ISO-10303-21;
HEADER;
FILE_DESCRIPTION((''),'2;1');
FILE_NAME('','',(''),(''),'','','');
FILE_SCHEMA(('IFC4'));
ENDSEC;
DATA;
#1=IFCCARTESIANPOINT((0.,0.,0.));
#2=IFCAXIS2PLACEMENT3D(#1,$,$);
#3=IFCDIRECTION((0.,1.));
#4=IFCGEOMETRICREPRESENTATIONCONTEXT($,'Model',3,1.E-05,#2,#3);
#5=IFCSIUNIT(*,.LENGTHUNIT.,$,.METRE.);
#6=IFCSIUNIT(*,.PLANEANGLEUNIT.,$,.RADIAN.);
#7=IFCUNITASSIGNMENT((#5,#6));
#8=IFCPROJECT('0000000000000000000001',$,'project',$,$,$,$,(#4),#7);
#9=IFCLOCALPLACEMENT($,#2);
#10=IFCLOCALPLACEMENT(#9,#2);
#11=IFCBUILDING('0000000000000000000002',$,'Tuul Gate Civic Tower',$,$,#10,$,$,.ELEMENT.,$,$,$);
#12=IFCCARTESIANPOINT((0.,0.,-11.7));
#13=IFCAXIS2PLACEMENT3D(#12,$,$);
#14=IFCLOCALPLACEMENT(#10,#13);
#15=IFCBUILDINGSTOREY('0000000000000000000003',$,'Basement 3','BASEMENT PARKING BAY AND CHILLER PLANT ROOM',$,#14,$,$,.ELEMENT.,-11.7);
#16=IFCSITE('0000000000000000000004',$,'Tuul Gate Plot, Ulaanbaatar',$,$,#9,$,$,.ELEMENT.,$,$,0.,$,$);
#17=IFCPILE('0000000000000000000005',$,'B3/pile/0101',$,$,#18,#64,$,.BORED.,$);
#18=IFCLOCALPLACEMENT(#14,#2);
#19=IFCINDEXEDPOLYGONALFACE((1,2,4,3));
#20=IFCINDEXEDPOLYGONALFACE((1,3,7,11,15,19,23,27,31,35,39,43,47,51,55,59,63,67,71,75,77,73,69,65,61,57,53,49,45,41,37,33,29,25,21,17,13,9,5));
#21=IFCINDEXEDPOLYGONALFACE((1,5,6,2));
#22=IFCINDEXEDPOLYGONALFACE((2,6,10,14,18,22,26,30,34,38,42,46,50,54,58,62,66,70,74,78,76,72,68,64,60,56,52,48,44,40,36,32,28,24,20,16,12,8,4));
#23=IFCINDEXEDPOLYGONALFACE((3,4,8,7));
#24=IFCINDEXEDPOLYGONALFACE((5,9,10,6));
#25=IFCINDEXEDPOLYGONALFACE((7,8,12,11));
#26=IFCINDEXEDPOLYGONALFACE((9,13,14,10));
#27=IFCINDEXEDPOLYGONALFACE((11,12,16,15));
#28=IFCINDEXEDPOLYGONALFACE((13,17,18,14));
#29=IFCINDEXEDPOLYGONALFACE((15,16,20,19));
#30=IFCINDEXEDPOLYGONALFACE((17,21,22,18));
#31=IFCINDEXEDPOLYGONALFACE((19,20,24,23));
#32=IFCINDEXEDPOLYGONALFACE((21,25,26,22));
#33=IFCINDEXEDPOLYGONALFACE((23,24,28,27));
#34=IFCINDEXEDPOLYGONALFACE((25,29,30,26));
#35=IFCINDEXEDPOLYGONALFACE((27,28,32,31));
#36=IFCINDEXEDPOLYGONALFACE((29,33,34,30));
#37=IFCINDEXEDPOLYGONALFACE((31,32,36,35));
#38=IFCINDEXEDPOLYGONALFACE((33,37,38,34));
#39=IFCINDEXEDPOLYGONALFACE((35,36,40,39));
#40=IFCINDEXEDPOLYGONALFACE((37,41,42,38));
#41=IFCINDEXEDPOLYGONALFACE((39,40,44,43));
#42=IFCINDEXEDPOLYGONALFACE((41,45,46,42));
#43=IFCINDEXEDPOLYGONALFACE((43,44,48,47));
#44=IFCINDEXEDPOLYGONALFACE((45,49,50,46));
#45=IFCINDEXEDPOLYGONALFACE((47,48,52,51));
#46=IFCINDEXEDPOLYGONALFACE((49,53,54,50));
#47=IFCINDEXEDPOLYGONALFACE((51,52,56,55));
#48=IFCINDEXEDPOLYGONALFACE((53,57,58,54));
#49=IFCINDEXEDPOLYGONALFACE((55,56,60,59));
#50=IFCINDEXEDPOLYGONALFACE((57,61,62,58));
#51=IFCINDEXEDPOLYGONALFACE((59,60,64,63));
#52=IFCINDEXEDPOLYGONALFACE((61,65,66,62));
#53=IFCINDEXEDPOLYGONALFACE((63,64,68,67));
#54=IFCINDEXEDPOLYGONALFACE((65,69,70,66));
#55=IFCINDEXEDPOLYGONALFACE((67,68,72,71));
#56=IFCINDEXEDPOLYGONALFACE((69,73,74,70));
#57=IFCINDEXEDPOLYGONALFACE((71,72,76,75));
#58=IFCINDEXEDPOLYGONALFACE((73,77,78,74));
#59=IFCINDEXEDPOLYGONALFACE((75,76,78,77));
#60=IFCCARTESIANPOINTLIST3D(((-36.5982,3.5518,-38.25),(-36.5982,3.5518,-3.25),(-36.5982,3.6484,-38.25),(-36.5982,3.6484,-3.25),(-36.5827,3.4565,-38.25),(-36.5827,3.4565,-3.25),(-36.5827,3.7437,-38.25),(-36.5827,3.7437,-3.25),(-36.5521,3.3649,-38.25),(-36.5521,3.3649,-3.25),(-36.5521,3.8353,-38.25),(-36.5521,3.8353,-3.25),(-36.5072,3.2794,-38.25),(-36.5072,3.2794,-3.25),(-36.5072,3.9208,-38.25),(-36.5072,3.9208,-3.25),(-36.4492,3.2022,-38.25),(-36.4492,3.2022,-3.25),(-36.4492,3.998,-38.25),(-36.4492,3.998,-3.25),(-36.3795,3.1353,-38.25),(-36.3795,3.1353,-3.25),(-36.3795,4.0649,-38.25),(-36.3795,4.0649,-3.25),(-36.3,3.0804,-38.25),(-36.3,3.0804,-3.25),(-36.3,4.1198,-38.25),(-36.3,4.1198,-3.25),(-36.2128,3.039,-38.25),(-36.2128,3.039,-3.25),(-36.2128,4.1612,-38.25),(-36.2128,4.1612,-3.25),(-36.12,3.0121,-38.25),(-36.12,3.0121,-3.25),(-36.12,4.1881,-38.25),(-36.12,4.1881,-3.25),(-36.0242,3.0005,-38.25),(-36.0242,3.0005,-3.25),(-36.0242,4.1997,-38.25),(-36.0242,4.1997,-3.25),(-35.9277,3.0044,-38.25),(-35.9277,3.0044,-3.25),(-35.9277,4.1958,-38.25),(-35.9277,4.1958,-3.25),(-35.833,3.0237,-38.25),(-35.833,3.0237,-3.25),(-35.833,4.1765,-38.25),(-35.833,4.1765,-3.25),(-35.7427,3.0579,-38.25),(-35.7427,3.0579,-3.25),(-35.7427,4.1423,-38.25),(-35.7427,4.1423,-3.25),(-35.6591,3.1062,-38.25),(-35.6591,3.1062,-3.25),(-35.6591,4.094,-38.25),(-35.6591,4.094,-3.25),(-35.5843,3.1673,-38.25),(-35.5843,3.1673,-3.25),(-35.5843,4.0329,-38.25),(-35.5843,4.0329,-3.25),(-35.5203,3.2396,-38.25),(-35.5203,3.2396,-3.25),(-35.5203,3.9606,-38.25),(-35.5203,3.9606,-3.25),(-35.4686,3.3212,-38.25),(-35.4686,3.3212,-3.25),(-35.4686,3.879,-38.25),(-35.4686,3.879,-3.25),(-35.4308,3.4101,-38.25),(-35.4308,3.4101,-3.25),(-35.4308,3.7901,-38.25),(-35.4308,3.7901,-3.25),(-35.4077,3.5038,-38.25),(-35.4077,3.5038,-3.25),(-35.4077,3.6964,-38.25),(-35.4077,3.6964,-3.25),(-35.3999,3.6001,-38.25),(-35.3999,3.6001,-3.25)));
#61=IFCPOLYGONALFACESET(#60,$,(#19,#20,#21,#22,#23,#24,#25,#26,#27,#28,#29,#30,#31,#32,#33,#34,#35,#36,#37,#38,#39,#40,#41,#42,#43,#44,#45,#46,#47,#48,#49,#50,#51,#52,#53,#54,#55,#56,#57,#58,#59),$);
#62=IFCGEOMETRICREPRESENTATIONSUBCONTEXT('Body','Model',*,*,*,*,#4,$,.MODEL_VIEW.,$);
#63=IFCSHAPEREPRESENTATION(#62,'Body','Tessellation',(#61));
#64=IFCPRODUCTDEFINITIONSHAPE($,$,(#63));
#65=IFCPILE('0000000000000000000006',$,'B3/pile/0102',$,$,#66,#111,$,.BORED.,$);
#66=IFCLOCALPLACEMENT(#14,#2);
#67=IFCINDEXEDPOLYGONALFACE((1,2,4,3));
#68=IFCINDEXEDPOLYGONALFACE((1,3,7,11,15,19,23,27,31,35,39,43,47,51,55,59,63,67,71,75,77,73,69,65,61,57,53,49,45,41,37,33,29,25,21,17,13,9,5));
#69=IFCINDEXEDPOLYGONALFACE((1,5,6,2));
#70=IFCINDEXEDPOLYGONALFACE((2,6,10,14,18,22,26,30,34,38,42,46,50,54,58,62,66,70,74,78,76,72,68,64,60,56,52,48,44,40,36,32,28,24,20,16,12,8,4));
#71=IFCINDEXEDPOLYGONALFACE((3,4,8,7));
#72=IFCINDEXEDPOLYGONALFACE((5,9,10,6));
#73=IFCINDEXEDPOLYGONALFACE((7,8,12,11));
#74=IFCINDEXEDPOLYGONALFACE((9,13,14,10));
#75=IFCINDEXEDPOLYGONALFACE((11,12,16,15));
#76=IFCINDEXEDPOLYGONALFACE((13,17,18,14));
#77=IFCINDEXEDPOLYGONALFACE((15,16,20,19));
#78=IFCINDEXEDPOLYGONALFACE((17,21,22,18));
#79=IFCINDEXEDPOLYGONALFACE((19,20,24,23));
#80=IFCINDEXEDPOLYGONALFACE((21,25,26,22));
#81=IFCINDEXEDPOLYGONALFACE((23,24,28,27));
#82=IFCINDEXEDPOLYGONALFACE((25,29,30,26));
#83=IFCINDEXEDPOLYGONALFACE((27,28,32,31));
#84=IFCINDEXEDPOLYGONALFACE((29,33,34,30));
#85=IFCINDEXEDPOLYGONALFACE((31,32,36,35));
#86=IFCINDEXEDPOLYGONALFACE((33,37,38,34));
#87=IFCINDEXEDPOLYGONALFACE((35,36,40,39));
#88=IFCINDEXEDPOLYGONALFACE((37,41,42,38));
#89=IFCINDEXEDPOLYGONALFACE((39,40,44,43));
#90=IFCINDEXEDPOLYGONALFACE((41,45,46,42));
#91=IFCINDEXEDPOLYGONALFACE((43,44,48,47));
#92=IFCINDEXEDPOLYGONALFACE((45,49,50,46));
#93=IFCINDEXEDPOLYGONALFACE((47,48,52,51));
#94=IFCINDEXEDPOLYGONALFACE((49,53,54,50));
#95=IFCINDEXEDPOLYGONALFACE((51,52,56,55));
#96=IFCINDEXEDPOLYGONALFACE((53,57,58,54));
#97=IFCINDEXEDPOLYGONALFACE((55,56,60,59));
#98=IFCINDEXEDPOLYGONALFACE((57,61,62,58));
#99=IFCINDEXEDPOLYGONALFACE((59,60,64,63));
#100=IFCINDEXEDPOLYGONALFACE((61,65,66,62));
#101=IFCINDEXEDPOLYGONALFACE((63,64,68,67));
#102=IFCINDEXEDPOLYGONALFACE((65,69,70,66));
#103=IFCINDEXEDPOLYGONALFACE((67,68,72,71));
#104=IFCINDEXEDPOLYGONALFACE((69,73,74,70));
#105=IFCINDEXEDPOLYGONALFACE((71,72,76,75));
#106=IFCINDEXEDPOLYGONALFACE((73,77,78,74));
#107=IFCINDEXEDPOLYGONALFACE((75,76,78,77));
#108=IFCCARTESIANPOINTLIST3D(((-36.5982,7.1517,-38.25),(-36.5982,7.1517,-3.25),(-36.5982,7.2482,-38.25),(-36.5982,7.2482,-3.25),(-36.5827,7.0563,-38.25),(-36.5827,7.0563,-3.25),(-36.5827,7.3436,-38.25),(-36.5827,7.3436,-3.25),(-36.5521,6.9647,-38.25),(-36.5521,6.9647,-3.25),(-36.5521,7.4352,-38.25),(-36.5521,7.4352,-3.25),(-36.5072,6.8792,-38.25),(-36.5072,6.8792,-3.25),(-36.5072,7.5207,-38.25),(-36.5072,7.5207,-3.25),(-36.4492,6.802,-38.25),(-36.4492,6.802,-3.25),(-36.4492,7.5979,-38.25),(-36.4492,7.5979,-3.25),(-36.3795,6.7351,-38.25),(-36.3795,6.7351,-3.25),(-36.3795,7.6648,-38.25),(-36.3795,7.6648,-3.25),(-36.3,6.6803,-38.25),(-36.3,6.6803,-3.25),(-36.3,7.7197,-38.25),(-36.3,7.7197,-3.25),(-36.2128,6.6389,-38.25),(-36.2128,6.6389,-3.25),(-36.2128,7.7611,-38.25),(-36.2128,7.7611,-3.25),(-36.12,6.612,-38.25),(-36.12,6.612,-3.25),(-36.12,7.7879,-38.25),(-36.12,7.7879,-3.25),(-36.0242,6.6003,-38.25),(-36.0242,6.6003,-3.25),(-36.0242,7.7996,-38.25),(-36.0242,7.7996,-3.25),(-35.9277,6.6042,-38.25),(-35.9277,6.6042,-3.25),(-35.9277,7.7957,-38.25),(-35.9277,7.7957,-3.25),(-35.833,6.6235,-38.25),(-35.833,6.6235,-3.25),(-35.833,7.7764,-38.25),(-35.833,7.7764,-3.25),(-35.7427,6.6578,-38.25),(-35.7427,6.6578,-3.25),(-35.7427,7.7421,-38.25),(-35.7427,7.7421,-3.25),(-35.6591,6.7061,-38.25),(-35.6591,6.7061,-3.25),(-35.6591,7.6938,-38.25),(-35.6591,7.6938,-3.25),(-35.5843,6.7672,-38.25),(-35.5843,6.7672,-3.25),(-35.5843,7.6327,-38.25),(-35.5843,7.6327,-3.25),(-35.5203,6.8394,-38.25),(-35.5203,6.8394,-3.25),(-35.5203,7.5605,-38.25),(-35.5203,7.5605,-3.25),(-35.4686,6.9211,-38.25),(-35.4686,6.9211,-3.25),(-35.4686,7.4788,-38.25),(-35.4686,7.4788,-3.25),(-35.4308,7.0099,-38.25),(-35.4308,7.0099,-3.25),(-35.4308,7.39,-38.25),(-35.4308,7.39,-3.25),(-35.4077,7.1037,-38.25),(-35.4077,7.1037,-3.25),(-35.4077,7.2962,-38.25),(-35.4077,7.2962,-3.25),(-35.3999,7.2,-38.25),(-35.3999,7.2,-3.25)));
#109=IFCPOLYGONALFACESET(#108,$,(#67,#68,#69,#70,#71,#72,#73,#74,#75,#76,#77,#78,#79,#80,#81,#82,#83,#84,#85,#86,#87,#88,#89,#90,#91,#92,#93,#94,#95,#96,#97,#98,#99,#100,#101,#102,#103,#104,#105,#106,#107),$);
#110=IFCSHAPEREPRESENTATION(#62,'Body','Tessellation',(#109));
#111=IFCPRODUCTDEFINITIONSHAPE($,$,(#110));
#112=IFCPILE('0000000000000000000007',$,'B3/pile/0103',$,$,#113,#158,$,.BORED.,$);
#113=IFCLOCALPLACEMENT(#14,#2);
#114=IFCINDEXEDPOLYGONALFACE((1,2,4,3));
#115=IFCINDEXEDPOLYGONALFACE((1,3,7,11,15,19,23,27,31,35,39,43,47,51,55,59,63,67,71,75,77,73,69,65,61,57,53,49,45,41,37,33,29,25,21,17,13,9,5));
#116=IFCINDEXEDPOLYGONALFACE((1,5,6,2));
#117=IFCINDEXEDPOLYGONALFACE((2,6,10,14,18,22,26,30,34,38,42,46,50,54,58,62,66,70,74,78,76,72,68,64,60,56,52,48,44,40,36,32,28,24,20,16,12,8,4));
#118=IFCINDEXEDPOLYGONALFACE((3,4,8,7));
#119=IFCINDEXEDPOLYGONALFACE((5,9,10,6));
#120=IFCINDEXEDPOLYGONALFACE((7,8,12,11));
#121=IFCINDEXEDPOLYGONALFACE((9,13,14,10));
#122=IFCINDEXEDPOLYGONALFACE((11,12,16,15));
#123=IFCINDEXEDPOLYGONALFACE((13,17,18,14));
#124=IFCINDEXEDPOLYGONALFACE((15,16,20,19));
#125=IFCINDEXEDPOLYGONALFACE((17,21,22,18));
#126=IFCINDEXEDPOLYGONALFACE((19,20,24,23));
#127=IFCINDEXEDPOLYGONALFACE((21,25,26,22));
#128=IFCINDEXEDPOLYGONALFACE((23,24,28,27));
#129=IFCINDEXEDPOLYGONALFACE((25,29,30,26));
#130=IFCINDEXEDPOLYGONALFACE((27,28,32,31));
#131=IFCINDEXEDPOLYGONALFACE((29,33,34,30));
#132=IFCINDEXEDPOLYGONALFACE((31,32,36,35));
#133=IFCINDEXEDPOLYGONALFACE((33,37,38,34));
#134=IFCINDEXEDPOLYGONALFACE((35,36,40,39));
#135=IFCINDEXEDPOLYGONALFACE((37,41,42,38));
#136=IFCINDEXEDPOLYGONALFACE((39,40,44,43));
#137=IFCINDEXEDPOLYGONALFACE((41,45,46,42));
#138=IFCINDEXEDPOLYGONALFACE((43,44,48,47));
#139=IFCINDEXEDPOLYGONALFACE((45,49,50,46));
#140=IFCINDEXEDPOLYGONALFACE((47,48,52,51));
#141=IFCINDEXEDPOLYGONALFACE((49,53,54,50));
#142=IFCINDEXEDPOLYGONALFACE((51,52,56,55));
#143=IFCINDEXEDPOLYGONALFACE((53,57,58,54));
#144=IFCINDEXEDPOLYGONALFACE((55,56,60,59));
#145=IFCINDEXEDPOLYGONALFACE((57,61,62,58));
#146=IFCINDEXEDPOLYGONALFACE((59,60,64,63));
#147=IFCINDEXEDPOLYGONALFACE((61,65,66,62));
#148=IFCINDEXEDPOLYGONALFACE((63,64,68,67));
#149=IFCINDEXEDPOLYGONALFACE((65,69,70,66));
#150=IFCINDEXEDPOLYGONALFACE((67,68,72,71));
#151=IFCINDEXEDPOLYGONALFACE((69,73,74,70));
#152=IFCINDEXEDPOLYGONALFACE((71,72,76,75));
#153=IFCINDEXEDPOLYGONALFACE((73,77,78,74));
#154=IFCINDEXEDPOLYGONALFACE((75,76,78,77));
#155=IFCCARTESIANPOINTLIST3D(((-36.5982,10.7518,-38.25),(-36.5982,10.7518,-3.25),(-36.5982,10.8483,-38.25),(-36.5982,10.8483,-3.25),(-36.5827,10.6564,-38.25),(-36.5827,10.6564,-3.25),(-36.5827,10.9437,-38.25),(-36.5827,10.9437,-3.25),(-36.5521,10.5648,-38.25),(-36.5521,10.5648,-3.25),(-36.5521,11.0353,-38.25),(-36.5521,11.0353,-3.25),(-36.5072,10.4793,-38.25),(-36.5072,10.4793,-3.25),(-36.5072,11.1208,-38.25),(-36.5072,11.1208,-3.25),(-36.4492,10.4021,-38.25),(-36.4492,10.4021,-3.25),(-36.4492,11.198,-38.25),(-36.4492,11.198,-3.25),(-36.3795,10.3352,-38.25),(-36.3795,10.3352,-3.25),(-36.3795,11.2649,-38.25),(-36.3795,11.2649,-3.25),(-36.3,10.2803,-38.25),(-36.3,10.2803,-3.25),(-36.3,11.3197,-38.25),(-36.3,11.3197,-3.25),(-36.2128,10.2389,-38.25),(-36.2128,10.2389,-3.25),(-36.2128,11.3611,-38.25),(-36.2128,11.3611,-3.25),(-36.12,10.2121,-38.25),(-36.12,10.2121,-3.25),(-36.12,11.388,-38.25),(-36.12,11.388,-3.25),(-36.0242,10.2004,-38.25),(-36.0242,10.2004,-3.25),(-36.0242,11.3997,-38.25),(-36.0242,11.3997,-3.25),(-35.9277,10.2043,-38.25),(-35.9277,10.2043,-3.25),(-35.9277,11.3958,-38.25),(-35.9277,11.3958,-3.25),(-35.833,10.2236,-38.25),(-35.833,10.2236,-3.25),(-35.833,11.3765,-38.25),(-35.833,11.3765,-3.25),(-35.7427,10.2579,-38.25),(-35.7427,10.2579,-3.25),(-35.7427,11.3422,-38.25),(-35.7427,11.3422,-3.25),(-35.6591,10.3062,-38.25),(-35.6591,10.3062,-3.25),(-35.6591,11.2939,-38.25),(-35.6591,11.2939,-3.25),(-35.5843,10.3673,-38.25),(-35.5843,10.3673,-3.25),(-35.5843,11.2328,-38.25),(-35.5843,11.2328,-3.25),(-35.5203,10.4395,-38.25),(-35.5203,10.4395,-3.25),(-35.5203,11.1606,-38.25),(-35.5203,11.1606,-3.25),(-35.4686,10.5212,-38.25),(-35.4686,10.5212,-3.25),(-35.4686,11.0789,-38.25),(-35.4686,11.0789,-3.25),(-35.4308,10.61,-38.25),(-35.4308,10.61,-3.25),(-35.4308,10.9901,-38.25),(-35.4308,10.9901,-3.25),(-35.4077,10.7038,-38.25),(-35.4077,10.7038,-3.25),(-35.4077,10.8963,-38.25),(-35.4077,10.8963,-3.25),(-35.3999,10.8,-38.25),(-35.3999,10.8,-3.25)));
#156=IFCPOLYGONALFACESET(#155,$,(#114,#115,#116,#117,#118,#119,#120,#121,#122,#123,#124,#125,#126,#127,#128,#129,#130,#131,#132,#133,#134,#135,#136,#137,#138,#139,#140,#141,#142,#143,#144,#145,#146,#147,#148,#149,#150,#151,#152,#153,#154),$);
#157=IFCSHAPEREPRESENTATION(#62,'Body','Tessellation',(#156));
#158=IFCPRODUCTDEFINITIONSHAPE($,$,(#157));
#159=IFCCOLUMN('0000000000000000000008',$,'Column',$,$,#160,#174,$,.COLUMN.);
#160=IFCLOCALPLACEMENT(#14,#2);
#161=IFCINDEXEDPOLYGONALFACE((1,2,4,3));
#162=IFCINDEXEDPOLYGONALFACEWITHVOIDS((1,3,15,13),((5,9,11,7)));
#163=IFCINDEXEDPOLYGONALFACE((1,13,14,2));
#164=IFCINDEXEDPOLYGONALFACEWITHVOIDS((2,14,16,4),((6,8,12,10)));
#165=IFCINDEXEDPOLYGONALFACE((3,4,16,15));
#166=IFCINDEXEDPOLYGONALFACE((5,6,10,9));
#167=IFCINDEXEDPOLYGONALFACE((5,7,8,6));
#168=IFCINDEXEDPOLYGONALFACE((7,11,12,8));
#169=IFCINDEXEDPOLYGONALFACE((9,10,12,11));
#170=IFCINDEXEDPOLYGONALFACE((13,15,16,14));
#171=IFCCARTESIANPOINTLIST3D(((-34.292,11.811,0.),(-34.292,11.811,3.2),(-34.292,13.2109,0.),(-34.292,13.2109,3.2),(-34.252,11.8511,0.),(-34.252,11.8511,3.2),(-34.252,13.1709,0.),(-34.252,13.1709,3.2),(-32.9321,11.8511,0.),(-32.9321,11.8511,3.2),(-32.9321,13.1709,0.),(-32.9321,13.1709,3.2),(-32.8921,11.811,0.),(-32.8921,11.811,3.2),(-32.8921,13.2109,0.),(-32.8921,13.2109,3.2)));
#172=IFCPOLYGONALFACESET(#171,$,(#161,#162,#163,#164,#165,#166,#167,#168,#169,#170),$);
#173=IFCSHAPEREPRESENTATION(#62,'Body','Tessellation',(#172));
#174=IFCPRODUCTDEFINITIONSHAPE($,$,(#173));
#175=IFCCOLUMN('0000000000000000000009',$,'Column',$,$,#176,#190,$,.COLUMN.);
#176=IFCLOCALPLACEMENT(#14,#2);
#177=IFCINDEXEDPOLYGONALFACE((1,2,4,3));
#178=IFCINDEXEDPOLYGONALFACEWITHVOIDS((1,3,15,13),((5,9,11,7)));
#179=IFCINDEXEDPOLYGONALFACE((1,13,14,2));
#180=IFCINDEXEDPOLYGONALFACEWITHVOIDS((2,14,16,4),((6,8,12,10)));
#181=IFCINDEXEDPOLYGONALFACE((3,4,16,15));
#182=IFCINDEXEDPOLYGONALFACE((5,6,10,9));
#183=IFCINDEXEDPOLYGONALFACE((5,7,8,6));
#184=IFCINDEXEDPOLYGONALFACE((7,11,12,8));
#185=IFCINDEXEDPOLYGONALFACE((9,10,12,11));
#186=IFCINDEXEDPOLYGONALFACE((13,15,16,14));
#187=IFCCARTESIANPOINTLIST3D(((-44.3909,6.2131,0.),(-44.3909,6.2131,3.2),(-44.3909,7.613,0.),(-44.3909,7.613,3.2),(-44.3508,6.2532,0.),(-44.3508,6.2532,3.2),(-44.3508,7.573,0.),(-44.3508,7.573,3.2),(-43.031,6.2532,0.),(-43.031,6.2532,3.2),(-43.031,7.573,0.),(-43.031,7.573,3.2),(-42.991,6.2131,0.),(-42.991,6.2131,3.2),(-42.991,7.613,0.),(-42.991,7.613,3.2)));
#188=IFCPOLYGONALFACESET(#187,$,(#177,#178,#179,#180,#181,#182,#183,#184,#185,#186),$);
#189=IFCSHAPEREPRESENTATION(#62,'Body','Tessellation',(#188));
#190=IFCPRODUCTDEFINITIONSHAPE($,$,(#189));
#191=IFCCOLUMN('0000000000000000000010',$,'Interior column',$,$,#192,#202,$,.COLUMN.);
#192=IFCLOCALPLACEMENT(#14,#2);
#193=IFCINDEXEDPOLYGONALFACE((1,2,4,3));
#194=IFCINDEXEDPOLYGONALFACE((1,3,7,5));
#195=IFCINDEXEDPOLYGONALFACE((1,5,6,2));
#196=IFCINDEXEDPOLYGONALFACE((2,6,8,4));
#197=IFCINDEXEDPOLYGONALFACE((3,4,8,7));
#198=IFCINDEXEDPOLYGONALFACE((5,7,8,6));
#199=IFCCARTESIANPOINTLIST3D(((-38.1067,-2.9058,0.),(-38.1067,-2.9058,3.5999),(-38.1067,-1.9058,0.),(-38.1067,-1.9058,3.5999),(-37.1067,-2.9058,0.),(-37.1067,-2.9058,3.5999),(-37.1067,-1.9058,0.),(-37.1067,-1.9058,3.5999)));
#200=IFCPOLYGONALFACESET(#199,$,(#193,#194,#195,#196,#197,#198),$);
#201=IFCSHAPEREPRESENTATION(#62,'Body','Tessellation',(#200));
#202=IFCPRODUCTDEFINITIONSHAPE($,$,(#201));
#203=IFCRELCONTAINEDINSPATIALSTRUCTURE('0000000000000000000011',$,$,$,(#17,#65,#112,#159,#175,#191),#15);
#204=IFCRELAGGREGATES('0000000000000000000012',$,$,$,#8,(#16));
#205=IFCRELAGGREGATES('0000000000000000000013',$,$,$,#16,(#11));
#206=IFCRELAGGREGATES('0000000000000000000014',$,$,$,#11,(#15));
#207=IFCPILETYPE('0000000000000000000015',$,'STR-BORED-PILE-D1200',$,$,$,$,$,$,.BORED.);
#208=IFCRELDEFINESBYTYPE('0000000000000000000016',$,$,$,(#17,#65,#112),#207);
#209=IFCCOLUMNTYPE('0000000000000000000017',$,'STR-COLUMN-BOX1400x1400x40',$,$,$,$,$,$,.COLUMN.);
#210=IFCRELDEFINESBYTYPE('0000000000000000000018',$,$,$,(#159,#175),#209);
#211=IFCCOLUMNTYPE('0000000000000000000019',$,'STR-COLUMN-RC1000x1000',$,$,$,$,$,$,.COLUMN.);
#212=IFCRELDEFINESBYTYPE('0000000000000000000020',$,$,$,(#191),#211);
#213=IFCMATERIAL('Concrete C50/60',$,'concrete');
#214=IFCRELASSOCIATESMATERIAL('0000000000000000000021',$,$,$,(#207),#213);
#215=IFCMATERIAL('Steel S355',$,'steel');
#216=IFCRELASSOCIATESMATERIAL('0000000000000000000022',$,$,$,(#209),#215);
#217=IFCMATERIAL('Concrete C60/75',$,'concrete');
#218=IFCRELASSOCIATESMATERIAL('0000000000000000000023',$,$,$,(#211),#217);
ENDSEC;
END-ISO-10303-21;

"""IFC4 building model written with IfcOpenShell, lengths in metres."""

from ifc_helpers import new_model, si_unit, direction, frame, origin, origin_2d, place, context, subcontext, project, spatial, rectangle, hollow_rectangle, circle, extrude, material, material_profile, profile_set, type_object, element, save


model = new_model("IFC4")

# Units and contexts
model_context = context("Model", 3, precision=1e-05, world=origin(), true_north=direction((0.0, 1.0)))
body_context = subcontext(model_context, "Body", "Model", "MODEL_VIEW")
ifc_project = project(units=[si_unit("LENGTHUNIT", "METRE"), si_unit("PLANEANGLEUNIT", "RADIAN")], contexts=[model_context])

# Site, building, storey
site_placement = place(None, origin())
site = spatial("IfcSite", under=ifc_project, at=site_placement, Name="Tuul Gate Plot, Ulaanbaatar", CompositionType="ELEMENT", RefElevation=0.0)
building_placement = place(site_placement, origin())
building = spatial("IfcBuilding", under=site, at=building_placement, Name="Tuul Gate Civic Tower", CompositionType="ELEMENT")
storey_placement = place(building_placement, frame((0.0, 0.0, -11.7)))
storey = spatial("IfcBuildingStorey", under=building, at=storey_placement, Name="Basement 3", Description="BASEMENT PARKING BAY AND CHILLER PLANT ROOM", CompositionType="ELEMENT", Elevation=-11.7)

# Piles
ifc_material_1 = material(Name="Concrete C50/60", Category="concrete")
ifc_material_profile_1 = material_profile(ifc_material_1, circle(Radius=0.6001, at=origin_2d()), Name="PILE1200")
ifc_profile_set_1 = profile_set([ifc_material_profile_1], Name="Concrete C50/60")
pile_type = type_object("IfcPileType", Name="STR-BORED-PILE-D1200", PredefinedType="BORED", material=ifc_profile_set_1)
for number, where, z_axis, x_axis, name in (
    (1, (-36.0, 3.6001, -3.25), (0.0, 0.0, -1.0), (1.0, 0.0, 0.0), "B3/pile/0101"),
    (2, (-36.0, 7.2, -3.25), (0.0, 0.0, -1.0), (1.0, 0.0, 0.0), "B3/pile/0102"),
    (3, (-36.0, 10.8, -3.25), (0.0, 0.0, -1.0), (1.0, 0.0, 0.0), "B3/pile/0103"),
):
    element("IfcPile", number, at=place(storey_placement, frame(where, z_axis=z_axis, x_axis=x_axis)), inside=storey, type_object=pile_type, Name=name, PredefinedType="BORED", context=body_context, shape_type="SweptSolid", body=[
        extrude(circle(Radius=0.6001, at=origin_2d()), origin(), (0.0, 0.0, 1.0), 35.0),
    ])

# Columns
ifc_material_2 = material(Name="Steel S355", Category="steel")
ifc_material_profile_2 = material_profile(ifc_material_2, hollow_rectangle(XDim=1.3999, YDim=1.3999, WallThickness=0.04, at=origin_2d()), Name="BOX1400x1400x40")
ifc_profile_set_2 = profile_set([ifc_material_profile_2], Name="Steel S355")
column_type_1 = type_object("IfcColumnType", Name="STR-COLUMN-BOX1400x1400x40", PredefinedType="COLUMN", material=ifc_profile_set_2)
for number, where, z_axis, x_axis, name in (
    (4, (-33.592, 12.511, 0.0), (0.0, 0.0, 1.0), (1.0, 0.0, 0.0), "Column"),
    (5, (-43.6909, 6.9131, 0.0), (0.0, 0.0, 1.0), (1.0, 0.0, 0.0), "Column"),
):
    element("IfcColumn", number, at=place(storey_placement, frame(where, z_axis=z_axis, x_axis=x_axis)), inside=storey, type_object=column_type_1, Name=name, PredefinedType="COLUMN", context=body_context, shape_type="SweptSolid", body=[
        extrude(hollow_rectangle(XDim=1.3999, YDim=1.3999, WallThickness=0.04, at=origin_2d()), origin(), (0.0, 0.0, 1.0), 3.2),
    ])
ifc_material_3 = material(Name="Concrete C60/75", Category="concrete")
ifc_material_profile_3 = material_profile(ifc_material_3, rectangle(XDim=1.0, YDim=1.0, at=origin_2d()), Name="RC1000x1000")
ifc_profile_set_3 = profile_set([ifc_material_profile_3], Name="Concrete C60/75")
column_type_2 = type_object("IfcColumnType", Name="STR-COLUMN-RC1000x1000", PredefinedType="COLUMN", material=ifc_profile_set_3)
column_placement = place(storey_placement, frame((-37.6067, -2.4058, 0.0), z_axis=(0.0, 0.0, 1.0), x_axis=(1.0, 0.0, 0.0)))
element("IfcColumn", 6, at=column_placement, inside=storey, type_object=column_type_2, Name="Interior column", PredefinedType="COLUMN", context=body_context, shape_type="SweptSolid", body=[
    extrude(rectangle(XDim=1.0, YDim=1.0, at=origin_2d()), origin(), (0.0, 0.0, 1.0), 3.5999),
])

save(model, "model.ifc")
